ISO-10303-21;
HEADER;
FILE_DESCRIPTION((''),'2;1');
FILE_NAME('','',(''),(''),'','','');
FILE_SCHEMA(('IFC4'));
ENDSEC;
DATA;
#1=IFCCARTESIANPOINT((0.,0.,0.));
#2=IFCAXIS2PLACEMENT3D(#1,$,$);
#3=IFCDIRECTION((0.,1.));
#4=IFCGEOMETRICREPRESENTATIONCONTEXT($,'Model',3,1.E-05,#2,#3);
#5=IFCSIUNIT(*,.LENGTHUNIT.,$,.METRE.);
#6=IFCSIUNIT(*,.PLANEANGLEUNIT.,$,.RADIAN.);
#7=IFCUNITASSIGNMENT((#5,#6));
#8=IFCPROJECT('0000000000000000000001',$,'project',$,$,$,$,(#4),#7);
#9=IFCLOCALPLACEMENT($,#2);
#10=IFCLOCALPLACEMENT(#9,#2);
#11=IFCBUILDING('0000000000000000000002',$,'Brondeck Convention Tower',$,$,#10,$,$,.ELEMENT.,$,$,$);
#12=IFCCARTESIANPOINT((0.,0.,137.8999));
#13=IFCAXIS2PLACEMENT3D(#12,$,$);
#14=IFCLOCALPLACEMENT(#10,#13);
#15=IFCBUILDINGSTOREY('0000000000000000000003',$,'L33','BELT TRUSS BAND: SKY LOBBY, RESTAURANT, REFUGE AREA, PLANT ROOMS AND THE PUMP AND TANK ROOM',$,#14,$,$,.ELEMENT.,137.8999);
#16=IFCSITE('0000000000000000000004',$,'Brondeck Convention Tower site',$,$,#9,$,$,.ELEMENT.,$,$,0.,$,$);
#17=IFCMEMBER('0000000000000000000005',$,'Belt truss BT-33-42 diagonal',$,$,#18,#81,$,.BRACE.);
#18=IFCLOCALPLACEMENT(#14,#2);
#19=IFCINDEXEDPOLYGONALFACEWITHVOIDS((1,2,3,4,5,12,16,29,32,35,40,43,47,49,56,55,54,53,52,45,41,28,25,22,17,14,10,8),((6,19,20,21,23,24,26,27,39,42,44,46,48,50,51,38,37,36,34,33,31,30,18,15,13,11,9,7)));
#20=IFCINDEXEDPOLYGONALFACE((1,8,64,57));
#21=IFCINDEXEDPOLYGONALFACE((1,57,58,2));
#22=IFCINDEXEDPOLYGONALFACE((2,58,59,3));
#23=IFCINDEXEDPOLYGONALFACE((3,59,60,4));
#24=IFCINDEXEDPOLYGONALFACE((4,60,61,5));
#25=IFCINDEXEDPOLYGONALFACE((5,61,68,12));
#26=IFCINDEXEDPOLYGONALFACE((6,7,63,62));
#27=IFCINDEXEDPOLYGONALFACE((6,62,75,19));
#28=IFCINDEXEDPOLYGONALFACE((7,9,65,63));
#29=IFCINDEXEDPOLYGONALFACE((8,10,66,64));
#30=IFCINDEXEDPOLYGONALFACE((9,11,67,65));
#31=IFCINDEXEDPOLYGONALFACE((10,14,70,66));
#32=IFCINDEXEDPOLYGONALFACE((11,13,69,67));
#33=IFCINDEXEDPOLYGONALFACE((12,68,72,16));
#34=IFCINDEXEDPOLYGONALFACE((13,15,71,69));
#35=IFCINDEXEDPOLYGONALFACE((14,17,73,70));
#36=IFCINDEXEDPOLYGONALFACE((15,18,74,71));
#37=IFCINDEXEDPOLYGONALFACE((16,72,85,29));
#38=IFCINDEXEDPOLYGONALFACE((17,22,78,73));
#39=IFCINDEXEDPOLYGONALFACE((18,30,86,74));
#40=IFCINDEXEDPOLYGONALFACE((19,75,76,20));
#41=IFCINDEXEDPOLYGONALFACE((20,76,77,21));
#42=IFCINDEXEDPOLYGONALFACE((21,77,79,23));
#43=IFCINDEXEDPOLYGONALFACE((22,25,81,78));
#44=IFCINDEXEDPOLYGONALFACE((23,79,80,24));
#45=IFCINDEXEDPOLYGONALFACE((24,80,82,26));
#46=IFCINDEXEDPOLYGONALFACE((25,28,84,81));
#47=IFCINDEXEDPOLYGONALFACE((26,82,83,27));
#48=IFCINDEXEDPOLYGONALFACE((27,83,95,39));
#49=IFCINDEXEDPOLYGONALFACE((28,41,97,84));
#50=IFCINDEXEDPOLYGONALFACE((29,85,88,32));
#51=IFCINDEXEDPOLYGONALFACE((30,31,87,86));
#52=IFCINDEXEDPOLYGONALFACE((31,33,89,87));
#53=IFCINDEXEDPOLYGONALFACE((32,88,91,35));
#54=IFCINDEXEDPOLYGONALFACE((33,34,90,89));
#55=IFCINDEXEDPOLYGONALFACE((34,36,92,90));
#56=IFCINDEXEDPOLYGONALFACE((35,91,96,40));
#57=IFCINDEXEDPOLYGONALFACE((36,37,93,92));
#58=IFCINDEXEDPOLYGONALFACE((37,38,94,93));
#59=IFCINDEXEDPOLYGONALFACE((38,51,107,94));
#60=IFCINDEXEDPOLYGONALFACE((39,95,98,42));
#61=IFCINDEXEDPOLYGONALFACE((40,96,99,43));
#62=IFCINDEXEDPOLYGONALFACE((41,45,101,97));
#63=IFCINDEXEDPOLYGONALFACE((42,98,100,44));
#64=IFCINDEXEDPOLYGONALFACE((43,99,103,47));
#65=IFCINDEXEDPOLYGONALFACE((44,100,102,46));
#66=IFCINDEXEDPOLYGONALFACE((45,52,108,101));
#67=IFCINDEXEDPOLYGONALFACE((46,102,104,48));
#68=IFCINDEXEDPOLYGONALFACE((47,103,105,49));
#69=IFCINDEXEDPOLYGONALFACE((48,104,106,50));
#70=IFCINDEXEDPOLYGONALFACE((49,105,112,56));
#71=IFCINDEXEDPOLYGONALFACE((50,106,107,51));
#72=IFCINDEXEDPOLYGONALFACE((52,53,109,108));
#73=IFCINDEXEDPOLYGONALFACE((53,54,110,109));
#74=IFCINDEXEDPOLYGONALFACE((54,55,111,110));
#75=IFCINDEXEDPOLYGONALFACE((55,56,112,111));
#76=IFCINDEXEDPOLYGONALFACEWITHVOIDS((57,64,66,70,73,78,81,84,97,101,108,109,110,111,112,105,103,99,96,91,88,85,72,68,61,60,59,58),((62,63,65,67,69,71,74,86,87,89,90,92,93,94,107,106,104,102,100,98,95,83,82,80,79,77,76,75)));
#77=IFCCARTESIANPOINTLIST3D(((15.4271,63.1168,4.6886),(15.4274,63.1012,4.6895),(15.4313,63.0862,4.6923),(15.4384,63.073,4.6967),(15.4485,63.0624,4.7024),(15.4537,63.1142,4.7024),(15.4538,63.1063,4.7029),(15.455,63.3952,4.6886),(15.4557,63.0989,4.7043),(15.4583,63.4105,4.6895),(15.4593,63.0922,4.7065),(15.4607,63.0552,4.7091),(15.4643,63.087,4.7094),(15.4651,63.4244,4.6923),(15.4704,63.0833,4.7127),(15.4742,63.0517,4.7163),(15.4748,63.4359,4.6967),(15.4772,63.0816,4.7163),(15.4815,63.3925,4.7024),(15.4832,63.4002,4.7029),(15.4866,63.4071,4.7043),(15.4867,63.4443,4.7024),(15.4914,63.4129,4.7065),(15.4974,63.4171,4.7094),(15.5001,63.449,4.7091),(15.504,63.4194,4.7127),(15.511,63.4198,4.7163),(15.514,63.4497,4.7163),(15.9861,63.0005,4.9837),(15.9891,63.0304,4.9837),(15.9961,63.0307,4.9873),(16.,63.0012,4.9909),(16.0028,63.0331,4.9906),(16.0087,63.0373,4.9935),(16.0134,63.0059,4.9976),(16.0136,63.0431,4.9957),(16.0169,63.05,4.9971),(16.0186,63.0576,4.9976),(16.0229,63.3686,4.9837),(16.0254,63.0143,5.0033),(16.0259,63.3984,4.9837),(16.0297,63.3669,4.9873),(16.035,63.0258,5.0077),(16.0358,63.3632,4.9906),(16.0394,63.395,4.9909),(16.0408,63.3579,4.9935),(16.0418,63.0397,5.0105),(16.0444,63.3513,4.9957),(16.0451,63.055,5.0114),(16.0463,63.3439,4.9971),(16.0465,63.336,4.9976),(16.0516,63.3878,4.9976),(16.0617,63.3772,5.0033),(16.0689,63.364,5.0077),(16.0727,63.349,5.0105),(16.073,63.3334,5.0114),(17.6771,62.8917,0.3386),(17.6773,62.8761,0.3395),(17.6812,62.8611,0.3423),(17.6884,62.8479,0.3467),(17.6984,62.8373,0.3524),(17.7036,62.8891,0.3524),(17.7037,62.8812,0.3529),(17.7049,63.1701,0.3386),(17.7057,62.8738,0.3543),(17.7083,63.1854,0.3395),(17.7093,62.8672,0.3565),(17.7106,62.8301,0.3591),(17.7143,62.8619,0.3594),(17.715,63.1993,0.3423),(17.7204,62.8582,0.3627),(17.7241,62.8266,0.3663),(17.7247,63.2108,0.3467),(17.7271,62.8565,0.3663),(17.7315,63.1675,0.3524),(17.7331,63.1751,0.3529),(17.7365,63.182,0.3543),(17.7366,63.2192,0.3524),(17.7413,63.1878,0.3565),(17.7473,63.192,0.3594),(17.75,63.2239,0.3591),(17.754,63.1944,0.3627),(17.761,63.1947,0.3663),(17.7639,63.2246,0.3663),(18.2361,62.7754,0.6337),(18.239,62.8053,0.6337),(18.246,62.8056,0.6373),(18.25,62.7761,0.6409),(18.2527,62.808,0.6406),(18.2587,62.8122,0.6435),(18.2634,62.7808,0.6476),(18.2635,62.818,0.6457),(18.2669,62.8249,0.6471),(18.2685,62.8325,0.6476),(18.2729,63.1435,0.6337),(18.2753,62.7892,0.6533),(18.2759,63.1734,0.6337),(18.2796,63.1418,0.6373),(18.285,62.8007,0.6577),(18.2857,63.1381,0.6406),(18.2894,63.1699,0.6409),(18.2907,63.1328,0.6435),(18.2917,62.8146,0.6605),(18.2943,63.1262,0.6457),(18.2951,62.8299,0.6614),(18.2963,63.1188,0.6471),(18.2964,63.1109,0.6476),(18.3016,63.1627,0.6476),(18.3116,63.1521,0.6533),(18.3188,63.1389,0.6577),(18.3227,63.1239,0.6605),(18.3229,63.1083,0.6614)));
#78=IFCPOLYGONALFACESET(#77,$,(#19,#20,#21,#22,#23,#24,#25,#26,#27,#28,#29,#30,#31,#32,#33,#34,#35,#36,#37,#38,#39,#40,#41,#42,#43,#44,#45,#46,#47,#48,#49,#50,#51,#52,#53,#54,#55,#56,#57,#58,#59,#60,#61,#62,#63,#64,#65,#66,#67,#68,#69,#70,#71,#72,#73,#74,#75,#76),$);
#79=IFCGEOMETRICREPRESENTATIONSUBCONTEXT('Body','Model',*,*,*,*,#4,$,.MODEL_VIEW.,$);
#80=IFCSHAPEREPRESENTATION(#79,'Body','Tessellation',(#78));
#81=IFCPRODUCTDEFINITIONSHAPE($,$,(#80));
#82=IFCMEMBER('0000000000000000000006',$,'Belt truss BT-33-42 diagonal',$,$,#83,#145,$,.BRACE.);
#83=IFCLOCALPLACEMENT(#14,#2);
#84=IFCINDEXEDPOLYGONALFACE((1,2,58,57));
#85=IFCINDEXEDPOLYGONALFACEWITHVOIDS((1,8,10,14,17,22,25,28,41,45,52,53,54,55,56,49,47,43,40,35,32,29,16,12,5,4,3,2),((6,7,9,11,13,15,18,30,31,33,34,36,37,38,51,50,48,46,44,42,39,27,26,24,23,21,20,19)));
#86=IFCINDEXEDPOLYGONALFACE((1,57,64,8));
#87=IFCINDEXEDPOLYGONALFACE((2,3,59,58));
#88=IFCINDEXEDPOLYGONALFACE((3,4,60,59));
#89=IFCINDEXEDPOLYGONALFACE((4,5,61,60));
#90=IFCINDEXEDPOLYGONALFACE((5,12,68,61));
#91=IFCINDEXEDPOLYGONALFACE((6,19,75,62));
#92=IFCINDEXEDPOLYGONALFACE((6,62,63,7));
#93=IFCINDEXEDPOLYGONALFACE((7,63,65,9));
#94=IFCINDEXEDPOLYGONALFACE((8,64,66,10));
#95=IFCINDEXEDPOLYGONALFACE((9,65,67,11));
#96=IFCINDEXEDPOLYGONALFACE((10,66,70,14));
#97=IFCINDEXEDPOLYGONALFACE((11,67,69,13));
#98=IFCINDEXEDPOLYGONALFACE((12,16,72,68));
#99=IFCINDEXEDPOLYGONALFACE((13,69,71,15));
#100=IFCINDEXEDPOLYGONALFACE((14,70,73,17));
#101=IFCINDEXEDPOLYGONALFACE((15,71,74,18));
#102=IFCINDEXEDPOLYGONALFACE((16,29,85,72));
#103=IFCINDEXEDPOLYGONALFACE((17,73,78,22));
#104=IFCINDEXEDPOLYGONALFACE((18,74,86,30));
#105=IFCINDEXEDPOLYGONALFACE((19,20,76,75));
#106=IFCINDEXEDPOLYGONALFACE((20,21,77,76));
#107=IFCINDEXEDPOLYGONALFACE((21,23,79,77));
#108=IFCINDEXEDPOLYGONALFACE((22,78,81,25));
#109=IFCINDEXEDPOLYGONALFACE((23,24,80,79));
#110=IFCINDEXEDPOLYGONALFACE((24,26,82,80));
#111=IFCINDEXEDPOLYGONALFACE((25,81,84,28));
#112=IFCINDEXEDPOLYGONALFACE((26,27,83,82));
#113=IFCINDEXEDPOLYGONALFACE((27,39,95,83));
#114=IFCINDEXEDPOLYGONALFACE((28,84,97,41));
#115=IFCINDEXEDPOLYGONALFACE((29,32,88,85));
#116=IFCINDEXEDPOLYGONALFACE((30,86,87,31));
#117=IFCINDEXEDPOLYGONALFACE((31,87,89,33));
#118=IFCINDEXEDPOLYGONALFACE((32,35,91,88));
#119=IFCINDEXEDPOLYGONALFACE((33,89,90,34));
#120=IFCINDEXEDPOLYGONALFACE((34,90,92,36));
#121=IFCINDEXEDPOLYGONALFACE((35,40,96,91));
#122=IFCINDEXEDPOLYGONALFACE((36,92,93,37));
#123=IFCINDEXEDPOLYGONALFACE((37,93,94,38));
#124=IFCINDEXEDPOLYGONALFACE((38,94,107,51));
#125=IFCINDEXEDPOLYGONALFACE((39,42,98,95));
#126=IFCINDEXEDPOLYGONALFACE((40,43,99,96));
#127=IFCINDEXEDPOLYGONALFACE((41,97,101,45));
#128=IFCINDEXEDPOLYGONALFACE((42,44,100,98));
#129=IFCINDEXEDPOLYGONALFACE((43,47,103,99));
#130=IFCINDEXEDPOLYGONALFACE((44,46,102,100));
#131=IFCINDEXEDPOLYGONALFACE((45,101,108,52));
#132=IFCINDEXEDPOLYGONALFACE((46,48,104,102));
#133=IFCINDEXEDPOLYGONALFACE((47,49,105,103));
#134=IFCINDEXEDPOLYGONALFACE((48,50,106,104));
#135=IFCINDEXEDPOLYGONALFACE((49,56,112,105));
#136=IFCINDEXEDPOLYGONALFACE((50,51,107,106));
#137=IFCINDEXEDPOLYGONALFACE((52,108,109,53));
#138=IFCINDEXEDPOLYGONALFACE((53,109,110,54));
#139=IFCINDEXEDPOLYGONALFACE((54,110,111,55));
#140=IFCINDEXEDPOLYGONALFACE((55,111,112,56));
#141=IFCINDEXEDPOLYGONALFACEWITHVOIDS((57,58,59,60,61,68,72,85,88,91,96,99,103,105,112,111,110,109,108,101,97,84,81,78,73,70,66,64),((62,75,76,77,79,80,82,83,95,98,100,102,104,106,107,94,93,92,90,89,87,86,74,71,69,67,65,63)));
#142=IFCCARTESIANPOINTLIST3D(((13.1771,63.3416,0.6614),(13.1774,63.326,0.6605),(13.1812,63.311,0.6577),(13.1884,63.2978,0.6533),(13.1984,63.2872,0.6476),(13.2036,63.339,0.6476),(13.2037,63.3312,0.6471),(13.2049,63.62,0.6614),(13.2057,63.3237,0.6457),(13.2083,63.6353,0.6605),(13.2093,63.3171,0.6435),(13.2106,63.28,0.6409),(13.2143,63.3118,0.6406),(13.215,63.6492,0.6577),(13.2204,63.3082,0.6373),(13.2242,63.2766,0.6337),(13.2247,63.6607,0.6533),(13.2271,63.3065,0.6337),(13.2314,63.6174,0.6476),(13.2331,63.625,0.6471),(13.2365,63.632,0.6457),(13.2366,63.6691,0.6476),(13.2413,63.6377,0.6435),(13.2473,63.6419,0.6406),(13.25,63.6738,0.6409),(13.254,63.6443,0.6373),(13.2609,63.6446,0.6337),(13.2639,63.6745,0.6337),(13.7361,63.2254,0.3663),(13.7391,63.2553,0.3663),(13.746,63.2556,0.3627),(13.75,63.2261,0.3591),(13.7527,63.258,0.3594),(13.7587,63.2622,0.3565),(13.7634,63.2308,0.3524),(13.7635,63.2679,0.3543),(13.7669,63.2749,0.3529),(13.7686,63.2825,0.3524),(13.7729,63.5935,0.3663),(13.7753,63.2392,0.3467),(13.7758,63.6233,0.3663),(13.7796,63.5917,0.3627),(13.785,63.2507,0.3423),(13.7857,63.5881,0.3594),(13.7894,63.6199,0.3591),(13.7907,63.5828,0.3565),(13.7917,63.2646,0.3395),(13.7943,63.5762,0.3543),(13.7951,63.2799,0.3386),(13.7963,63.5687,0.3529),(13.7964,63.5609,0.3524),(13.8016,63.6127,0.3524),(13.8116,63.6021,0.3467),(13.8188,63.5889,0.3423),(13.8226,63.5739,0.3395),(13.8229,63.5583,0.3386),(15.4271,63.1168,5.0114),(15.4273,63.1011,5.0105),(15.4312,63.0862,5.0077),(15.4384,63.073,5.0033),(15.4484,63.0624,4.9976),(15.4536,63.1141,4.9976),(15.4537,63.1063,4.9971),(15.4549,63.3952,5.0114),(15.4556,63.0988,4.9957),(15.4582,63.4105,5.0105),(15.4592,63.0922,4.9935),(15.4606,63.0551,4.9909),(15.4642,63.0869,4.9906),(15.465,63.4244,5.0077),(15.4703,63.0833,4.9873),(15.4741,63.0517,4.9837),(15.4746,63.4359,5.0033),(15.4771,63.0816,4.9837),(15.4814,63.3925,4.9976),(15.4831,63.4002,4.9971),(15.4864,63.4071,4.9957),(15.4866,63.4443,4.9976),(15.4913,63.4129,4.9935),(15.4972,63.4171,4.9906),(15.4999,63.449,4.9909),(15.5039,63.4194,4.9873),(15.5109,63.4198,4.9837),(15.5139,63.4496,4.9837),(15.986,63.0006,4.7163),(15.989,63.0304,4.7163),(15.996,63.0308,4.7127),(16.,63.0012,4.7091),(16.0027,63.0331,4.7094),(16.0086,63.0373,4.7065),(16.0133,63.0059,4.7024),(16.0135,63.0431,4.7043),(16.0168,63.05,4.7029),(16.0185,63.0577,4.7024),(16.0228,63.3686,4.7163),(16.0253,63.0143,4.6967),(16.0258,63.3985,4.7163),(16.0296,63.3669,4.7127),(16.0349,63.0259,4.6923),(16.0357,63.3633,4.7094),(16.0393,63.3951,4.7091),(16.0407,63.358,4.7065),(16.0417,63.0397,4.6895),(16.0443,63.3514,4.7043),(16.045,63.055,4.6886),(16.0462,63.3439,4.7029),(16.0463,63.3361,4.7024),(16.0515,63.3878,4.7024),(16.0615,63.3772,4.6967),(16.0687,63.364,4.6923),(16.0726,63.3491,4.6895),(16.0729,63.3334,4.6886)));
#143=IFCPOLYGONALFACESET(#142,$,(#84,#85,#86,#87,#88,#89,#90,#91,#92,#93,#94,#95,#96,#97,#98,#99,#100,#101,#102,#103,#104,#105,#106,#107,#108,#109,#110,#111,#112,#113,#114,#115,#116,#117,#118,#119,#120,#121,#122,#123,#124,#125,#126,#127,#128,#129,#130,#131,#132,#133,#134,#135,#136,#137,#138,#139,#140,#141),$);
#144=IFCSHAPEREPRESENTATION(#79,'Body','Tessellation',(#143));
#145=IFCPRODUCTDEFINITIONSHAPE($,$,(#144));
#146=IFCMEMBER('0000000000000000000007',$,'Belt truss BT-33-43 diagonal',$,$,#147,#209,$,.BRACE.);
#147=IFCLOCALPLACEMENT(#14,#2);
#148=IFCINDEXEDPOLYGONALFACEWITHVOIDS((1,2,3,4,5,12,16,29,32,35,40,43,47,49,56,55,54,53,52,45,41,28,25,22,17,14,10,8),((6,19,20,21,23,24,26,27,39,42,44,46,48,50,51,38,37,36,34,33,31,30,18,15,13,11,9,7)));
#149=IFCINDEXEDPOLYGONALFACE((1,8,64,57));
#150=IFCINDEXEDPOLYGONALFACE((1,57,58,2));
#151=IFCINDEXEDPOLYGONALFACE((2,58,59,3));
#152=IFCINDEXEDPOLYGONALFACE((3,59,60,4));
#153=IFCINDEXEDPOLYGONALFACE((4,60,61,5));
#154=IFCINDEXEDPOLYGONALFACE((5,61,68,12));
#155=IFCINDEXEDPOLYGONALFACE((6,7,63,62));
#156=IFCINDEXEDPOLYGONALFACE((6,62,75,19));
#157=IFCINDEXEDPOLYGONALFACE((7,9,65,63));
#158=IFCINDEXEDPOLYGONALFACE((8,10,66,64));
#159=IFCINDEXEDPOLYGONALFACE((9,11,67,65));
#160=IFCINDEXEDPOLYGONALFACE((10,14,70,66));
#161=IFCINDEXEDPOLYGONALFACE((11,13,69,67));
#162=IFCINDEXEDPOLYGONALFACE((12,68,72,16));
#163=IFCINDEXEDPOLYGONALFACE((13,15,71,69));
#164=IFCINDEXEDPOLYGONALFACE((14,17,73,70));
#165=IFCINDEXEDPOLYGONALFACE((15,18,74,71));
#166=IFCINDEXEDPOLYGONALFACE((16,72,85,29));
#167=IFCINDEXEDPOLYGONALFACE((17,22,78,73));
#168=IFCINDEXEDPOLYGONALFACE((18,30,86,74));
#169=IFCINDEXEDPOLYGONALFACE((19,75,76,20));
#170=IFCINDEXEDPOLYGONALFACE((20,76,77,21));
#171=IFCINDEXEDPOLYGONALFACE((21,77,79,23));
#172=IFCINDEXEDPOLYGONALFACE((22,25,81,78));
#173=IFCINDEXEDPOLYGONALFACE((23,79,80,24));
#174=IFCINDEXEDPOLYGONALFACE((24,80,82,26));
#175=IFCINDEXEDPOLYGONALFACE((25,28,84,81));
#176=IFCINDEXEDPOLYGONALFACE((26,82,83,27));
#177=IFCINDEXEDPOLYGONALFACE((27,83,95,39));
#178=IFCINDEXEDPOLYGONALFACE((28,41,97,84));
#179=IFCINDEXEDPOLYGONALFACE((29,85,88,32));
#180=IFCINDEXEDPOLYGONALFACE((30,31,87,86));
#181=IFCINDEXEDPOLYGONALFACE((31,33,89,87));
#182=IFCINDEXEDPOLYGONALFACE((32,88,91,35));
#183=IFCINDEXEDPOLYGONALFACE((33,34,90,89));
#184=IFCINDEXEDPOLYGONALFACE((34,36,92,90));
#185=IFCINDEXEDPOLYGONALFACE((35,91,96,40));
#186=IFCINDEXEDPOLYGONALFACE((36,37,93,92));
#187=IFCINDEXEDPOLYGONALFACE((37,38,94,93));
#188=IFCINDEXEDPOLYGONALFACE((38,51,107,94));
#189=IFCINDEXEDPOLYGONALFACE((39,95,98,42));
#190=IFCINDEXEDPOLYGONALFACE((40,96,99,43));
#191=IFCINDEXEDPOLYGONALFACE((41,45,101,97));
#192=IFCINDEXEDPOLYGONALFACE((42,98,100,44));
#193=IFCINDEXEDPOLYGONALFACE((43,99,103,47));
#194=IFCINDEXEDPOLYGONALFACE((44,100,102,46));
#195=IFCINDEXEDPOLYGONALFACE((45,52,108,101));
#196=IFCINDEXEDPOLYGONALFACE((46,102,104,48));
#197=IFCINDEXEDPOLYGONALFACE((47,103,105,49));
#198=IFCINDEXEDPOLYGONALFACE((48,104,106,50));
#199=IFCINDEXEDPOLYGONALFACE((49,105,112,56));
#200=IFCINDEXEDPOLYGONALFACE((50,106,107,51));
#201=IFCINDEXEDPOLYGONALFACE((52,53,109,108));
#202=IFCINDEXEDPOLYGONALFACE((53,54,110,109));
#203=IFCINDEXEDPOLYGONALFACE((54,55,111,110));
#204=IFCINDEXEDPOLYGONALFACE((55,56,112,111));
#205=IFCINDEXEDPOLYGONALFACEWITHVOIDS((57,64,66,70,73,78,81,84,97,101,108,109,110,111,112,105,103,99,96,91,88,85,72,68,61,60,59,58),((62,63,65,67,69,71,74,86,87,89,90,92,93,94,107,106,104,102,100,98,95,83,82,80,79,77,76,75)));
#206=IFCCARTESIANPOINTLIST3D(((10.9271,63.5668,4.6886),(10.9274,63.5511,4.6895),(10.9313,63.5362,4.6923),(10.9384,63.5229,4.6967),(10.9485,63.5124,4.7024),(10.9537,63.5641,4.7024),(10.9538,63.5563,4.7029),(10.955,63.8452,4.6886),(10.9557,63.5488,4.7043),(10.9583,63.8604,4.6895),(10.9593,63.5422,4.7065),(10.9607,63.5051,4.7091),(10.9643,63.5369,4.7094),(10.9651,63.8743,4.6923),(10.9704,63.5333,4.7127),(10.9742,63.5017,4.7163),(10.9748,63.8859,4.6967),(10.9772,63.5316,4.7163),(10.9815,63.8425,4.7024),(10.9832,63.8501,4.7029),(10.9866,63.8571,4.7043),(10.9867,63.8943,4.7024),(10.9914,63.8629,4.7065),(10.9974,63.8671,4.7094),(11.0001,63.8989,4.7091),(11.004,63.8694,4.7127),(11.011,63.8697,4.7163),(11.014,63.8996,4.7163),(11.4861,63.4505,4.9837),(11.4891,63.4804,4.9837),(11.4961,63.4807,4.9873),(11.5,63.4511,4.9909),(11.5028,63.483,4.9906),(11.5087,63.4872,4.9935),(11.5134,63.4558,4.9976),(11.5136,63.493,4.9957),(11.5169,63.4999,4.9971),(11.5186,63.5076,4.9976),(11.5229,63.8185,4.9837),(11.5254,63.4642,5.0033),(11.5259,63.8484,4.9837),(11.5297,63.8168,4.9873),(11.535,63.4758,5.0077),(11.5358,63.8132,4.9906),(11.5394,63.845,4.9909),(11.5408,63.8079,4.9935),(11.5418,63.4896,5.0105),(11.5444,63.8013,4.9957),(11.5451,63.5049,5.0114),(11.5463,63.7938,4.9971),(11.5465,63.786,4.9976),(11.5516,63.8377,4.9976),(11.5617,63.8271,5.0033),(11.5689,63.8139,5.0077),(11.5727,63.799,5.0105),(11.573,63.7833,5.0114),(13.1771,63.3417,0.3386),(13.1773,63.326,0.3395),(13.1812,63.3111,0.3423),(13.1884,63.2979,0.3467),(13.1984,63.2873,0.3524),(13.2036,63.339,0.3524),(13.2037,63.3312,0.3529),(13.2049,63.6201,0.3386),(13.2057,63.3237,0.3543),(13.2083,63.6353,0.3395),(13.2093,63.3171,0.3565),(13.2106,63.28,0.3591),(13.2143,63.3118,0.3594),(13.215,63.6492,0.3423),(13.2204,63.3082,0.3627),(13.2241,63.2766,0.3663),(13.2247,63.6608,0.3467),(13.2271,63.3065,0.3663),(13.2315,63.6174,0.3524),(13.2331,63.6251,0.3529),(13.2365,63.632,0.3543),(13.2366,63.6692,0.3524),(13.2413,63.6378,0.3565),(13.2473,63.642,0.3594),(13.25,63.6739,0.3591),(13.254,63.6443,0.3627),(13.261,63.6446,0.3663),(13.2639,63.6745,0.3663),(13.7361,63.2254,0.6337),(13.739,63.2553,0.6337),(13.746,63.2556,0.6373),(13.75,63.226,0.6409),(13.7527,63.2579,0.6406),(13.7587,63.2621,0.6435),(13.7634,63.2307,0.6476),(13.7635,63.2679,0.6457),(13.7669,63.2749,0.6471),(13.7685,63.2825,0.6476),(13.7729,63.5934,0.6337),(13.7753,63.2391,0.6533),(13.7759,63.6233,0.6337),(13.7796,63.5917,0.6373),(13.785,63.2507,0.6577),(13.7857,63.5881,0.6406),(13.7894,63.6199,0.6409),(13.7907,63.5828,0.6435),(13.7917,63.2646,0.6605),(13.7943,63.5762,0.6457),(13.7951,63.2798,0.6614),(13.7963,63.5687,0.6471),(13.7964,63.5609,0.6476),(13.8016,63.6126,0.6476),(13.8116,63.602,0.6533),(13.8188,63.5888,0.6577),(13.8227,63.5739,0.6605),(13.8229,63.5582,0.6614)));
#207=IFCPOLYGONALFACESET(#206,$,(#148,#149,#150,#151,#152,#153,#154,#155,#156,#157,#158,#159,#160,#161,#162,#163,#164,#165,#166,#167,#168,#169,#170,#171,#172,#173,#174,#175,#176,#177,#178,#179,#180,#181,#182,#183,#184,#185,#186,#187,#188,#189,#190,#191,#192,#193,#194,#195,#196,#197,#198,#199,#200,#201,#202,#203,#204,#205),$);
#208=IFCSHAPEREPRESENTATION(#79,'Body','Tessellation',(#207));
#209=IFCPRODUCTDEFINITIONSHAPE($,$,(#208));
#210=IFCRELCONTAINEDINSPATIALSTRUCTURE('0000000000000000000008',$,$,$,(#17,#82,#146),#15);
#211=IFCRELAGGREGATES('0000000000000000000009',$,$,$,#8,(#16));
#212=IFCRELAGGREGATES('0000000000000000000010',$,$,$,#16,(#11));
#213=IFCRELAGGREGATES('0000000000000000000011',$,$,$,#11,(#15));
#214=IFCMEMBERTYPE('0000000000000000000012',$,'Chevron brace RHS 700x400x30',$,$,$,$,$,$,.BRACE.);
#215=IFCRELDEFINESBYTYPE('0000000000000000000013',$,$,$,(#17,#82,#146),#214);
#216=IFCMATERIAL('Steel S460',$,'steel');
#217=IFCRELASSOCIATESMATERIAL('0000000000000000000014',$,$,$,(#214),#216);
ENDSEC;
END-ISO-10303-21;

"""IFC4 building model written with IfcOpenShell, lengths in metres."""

from ifc_helpers import new_model, si_unit, direction, frame, origin, origin_2d, place, context, subcontext, project, spatial, hollow_rectangle, extrude, material, material_profile, profile_set, type_object, element, save


model = new_model("IFC4")

# Units and contexts
model_context = context("Model", 3, precision=1e-05, world=origin(), true_north=direction((0.0, 1.0)))
body_context = subcontext(model_context, "Body", "Model", "MODEL_VIEW")
ifc_project = project(units=[si_unit("LENGTHUNIT", "METRE"), si_unit("PLANEANGLEUNIT", "RADIAN")], contexts=[model_context])

# Site, building, storey
site_placement = place(None, origin())
site = spatial("IfcSite", under=ifc_project, at=site_placement, Name="Brondeck Convention Tower site", CompositionType="ELEMENT", RefElevation=0.0)
building_placement = place(site_placement, origin())
building = spatial("IfcBuilding", under=site, at=building_placement, Name="Brondeck Convention Tower", CompositionType="ELEMENT")
storey_placement = place(building_placement, frame((0.0, 0.0, 137.8999)))
storey = spatial("IfcBuildingStorey", under=building, at=storey_placement, Name="L33", Description="BELT TRUSS BAND: SKY LOBBY, RESTAURANT, REFUGE AREA, PLANT ROOMS AND THE PUMP AND TANK ROOM", CompositionType="ELEMENT", Elevation=137.8999)

# Members
ifc_material_1 = material(Name="Steel S460", Category="steel")
ifc_material_profile_1 = material_profile(ifc_material_1, hollow_rectangle(XDim=0.3999, YDim=0.7, WallThickness=0.03, InnerFilletRadius=0.03, OuterFilletRadius=0.0601, at=origin_2d()), Name="RHS 700x400x30")
ifc_profile_set_1 = profile_set([ifc_material_profile_1], Name="Steel S460")
member_type_1 = type_object("IfcMemberType", Name="Chevron brace RHS 700x400x30", PredefinedType="BRACE", material=ifc_profile_set_1)
for number, where, z_axis, x_axis, name in (
    (1, (18.0, 63.0, 0.5), (-0.45893, 0.045913, 0.887285), (-0.099546, -0.995033, 0.0), "Belt truss BT-33-42 diagonal"),
    (2, (13.5, 63.45, 0.5), (0.458931, -0.045863, 0.887287), (0.09944, 0.995044, 0.0), "Belt truss BT-33-42 diagonal"),
    (3, (13.5, 63.45, 0.5), (-0.45893, 0.045913, 0.887285), (-0.099546, -0.995033, 0.0), "Belt truss BT-33-43 diagonal"),
):
    element("IfcMember", number, at=place(storey_placement, frame(where, z_axis=z_axis, x_axis=x_axis)), inside=storey, type_object=member_type_1, Name=name, PredefinedType="BRACE", context=body_context, shape_type="SweptSolid", body=[
        extrude(hollow_rectangle(XDim=0.3999, YDim=0.7, WallThickness=0.03, InnerFilletRadius=0.03, OuterFilletRadius=0.0601, at=origin_2d()), origin(), (0.0, 0.0, 1.0), 4.9026),
    ])

save(model, "model.ifc")
